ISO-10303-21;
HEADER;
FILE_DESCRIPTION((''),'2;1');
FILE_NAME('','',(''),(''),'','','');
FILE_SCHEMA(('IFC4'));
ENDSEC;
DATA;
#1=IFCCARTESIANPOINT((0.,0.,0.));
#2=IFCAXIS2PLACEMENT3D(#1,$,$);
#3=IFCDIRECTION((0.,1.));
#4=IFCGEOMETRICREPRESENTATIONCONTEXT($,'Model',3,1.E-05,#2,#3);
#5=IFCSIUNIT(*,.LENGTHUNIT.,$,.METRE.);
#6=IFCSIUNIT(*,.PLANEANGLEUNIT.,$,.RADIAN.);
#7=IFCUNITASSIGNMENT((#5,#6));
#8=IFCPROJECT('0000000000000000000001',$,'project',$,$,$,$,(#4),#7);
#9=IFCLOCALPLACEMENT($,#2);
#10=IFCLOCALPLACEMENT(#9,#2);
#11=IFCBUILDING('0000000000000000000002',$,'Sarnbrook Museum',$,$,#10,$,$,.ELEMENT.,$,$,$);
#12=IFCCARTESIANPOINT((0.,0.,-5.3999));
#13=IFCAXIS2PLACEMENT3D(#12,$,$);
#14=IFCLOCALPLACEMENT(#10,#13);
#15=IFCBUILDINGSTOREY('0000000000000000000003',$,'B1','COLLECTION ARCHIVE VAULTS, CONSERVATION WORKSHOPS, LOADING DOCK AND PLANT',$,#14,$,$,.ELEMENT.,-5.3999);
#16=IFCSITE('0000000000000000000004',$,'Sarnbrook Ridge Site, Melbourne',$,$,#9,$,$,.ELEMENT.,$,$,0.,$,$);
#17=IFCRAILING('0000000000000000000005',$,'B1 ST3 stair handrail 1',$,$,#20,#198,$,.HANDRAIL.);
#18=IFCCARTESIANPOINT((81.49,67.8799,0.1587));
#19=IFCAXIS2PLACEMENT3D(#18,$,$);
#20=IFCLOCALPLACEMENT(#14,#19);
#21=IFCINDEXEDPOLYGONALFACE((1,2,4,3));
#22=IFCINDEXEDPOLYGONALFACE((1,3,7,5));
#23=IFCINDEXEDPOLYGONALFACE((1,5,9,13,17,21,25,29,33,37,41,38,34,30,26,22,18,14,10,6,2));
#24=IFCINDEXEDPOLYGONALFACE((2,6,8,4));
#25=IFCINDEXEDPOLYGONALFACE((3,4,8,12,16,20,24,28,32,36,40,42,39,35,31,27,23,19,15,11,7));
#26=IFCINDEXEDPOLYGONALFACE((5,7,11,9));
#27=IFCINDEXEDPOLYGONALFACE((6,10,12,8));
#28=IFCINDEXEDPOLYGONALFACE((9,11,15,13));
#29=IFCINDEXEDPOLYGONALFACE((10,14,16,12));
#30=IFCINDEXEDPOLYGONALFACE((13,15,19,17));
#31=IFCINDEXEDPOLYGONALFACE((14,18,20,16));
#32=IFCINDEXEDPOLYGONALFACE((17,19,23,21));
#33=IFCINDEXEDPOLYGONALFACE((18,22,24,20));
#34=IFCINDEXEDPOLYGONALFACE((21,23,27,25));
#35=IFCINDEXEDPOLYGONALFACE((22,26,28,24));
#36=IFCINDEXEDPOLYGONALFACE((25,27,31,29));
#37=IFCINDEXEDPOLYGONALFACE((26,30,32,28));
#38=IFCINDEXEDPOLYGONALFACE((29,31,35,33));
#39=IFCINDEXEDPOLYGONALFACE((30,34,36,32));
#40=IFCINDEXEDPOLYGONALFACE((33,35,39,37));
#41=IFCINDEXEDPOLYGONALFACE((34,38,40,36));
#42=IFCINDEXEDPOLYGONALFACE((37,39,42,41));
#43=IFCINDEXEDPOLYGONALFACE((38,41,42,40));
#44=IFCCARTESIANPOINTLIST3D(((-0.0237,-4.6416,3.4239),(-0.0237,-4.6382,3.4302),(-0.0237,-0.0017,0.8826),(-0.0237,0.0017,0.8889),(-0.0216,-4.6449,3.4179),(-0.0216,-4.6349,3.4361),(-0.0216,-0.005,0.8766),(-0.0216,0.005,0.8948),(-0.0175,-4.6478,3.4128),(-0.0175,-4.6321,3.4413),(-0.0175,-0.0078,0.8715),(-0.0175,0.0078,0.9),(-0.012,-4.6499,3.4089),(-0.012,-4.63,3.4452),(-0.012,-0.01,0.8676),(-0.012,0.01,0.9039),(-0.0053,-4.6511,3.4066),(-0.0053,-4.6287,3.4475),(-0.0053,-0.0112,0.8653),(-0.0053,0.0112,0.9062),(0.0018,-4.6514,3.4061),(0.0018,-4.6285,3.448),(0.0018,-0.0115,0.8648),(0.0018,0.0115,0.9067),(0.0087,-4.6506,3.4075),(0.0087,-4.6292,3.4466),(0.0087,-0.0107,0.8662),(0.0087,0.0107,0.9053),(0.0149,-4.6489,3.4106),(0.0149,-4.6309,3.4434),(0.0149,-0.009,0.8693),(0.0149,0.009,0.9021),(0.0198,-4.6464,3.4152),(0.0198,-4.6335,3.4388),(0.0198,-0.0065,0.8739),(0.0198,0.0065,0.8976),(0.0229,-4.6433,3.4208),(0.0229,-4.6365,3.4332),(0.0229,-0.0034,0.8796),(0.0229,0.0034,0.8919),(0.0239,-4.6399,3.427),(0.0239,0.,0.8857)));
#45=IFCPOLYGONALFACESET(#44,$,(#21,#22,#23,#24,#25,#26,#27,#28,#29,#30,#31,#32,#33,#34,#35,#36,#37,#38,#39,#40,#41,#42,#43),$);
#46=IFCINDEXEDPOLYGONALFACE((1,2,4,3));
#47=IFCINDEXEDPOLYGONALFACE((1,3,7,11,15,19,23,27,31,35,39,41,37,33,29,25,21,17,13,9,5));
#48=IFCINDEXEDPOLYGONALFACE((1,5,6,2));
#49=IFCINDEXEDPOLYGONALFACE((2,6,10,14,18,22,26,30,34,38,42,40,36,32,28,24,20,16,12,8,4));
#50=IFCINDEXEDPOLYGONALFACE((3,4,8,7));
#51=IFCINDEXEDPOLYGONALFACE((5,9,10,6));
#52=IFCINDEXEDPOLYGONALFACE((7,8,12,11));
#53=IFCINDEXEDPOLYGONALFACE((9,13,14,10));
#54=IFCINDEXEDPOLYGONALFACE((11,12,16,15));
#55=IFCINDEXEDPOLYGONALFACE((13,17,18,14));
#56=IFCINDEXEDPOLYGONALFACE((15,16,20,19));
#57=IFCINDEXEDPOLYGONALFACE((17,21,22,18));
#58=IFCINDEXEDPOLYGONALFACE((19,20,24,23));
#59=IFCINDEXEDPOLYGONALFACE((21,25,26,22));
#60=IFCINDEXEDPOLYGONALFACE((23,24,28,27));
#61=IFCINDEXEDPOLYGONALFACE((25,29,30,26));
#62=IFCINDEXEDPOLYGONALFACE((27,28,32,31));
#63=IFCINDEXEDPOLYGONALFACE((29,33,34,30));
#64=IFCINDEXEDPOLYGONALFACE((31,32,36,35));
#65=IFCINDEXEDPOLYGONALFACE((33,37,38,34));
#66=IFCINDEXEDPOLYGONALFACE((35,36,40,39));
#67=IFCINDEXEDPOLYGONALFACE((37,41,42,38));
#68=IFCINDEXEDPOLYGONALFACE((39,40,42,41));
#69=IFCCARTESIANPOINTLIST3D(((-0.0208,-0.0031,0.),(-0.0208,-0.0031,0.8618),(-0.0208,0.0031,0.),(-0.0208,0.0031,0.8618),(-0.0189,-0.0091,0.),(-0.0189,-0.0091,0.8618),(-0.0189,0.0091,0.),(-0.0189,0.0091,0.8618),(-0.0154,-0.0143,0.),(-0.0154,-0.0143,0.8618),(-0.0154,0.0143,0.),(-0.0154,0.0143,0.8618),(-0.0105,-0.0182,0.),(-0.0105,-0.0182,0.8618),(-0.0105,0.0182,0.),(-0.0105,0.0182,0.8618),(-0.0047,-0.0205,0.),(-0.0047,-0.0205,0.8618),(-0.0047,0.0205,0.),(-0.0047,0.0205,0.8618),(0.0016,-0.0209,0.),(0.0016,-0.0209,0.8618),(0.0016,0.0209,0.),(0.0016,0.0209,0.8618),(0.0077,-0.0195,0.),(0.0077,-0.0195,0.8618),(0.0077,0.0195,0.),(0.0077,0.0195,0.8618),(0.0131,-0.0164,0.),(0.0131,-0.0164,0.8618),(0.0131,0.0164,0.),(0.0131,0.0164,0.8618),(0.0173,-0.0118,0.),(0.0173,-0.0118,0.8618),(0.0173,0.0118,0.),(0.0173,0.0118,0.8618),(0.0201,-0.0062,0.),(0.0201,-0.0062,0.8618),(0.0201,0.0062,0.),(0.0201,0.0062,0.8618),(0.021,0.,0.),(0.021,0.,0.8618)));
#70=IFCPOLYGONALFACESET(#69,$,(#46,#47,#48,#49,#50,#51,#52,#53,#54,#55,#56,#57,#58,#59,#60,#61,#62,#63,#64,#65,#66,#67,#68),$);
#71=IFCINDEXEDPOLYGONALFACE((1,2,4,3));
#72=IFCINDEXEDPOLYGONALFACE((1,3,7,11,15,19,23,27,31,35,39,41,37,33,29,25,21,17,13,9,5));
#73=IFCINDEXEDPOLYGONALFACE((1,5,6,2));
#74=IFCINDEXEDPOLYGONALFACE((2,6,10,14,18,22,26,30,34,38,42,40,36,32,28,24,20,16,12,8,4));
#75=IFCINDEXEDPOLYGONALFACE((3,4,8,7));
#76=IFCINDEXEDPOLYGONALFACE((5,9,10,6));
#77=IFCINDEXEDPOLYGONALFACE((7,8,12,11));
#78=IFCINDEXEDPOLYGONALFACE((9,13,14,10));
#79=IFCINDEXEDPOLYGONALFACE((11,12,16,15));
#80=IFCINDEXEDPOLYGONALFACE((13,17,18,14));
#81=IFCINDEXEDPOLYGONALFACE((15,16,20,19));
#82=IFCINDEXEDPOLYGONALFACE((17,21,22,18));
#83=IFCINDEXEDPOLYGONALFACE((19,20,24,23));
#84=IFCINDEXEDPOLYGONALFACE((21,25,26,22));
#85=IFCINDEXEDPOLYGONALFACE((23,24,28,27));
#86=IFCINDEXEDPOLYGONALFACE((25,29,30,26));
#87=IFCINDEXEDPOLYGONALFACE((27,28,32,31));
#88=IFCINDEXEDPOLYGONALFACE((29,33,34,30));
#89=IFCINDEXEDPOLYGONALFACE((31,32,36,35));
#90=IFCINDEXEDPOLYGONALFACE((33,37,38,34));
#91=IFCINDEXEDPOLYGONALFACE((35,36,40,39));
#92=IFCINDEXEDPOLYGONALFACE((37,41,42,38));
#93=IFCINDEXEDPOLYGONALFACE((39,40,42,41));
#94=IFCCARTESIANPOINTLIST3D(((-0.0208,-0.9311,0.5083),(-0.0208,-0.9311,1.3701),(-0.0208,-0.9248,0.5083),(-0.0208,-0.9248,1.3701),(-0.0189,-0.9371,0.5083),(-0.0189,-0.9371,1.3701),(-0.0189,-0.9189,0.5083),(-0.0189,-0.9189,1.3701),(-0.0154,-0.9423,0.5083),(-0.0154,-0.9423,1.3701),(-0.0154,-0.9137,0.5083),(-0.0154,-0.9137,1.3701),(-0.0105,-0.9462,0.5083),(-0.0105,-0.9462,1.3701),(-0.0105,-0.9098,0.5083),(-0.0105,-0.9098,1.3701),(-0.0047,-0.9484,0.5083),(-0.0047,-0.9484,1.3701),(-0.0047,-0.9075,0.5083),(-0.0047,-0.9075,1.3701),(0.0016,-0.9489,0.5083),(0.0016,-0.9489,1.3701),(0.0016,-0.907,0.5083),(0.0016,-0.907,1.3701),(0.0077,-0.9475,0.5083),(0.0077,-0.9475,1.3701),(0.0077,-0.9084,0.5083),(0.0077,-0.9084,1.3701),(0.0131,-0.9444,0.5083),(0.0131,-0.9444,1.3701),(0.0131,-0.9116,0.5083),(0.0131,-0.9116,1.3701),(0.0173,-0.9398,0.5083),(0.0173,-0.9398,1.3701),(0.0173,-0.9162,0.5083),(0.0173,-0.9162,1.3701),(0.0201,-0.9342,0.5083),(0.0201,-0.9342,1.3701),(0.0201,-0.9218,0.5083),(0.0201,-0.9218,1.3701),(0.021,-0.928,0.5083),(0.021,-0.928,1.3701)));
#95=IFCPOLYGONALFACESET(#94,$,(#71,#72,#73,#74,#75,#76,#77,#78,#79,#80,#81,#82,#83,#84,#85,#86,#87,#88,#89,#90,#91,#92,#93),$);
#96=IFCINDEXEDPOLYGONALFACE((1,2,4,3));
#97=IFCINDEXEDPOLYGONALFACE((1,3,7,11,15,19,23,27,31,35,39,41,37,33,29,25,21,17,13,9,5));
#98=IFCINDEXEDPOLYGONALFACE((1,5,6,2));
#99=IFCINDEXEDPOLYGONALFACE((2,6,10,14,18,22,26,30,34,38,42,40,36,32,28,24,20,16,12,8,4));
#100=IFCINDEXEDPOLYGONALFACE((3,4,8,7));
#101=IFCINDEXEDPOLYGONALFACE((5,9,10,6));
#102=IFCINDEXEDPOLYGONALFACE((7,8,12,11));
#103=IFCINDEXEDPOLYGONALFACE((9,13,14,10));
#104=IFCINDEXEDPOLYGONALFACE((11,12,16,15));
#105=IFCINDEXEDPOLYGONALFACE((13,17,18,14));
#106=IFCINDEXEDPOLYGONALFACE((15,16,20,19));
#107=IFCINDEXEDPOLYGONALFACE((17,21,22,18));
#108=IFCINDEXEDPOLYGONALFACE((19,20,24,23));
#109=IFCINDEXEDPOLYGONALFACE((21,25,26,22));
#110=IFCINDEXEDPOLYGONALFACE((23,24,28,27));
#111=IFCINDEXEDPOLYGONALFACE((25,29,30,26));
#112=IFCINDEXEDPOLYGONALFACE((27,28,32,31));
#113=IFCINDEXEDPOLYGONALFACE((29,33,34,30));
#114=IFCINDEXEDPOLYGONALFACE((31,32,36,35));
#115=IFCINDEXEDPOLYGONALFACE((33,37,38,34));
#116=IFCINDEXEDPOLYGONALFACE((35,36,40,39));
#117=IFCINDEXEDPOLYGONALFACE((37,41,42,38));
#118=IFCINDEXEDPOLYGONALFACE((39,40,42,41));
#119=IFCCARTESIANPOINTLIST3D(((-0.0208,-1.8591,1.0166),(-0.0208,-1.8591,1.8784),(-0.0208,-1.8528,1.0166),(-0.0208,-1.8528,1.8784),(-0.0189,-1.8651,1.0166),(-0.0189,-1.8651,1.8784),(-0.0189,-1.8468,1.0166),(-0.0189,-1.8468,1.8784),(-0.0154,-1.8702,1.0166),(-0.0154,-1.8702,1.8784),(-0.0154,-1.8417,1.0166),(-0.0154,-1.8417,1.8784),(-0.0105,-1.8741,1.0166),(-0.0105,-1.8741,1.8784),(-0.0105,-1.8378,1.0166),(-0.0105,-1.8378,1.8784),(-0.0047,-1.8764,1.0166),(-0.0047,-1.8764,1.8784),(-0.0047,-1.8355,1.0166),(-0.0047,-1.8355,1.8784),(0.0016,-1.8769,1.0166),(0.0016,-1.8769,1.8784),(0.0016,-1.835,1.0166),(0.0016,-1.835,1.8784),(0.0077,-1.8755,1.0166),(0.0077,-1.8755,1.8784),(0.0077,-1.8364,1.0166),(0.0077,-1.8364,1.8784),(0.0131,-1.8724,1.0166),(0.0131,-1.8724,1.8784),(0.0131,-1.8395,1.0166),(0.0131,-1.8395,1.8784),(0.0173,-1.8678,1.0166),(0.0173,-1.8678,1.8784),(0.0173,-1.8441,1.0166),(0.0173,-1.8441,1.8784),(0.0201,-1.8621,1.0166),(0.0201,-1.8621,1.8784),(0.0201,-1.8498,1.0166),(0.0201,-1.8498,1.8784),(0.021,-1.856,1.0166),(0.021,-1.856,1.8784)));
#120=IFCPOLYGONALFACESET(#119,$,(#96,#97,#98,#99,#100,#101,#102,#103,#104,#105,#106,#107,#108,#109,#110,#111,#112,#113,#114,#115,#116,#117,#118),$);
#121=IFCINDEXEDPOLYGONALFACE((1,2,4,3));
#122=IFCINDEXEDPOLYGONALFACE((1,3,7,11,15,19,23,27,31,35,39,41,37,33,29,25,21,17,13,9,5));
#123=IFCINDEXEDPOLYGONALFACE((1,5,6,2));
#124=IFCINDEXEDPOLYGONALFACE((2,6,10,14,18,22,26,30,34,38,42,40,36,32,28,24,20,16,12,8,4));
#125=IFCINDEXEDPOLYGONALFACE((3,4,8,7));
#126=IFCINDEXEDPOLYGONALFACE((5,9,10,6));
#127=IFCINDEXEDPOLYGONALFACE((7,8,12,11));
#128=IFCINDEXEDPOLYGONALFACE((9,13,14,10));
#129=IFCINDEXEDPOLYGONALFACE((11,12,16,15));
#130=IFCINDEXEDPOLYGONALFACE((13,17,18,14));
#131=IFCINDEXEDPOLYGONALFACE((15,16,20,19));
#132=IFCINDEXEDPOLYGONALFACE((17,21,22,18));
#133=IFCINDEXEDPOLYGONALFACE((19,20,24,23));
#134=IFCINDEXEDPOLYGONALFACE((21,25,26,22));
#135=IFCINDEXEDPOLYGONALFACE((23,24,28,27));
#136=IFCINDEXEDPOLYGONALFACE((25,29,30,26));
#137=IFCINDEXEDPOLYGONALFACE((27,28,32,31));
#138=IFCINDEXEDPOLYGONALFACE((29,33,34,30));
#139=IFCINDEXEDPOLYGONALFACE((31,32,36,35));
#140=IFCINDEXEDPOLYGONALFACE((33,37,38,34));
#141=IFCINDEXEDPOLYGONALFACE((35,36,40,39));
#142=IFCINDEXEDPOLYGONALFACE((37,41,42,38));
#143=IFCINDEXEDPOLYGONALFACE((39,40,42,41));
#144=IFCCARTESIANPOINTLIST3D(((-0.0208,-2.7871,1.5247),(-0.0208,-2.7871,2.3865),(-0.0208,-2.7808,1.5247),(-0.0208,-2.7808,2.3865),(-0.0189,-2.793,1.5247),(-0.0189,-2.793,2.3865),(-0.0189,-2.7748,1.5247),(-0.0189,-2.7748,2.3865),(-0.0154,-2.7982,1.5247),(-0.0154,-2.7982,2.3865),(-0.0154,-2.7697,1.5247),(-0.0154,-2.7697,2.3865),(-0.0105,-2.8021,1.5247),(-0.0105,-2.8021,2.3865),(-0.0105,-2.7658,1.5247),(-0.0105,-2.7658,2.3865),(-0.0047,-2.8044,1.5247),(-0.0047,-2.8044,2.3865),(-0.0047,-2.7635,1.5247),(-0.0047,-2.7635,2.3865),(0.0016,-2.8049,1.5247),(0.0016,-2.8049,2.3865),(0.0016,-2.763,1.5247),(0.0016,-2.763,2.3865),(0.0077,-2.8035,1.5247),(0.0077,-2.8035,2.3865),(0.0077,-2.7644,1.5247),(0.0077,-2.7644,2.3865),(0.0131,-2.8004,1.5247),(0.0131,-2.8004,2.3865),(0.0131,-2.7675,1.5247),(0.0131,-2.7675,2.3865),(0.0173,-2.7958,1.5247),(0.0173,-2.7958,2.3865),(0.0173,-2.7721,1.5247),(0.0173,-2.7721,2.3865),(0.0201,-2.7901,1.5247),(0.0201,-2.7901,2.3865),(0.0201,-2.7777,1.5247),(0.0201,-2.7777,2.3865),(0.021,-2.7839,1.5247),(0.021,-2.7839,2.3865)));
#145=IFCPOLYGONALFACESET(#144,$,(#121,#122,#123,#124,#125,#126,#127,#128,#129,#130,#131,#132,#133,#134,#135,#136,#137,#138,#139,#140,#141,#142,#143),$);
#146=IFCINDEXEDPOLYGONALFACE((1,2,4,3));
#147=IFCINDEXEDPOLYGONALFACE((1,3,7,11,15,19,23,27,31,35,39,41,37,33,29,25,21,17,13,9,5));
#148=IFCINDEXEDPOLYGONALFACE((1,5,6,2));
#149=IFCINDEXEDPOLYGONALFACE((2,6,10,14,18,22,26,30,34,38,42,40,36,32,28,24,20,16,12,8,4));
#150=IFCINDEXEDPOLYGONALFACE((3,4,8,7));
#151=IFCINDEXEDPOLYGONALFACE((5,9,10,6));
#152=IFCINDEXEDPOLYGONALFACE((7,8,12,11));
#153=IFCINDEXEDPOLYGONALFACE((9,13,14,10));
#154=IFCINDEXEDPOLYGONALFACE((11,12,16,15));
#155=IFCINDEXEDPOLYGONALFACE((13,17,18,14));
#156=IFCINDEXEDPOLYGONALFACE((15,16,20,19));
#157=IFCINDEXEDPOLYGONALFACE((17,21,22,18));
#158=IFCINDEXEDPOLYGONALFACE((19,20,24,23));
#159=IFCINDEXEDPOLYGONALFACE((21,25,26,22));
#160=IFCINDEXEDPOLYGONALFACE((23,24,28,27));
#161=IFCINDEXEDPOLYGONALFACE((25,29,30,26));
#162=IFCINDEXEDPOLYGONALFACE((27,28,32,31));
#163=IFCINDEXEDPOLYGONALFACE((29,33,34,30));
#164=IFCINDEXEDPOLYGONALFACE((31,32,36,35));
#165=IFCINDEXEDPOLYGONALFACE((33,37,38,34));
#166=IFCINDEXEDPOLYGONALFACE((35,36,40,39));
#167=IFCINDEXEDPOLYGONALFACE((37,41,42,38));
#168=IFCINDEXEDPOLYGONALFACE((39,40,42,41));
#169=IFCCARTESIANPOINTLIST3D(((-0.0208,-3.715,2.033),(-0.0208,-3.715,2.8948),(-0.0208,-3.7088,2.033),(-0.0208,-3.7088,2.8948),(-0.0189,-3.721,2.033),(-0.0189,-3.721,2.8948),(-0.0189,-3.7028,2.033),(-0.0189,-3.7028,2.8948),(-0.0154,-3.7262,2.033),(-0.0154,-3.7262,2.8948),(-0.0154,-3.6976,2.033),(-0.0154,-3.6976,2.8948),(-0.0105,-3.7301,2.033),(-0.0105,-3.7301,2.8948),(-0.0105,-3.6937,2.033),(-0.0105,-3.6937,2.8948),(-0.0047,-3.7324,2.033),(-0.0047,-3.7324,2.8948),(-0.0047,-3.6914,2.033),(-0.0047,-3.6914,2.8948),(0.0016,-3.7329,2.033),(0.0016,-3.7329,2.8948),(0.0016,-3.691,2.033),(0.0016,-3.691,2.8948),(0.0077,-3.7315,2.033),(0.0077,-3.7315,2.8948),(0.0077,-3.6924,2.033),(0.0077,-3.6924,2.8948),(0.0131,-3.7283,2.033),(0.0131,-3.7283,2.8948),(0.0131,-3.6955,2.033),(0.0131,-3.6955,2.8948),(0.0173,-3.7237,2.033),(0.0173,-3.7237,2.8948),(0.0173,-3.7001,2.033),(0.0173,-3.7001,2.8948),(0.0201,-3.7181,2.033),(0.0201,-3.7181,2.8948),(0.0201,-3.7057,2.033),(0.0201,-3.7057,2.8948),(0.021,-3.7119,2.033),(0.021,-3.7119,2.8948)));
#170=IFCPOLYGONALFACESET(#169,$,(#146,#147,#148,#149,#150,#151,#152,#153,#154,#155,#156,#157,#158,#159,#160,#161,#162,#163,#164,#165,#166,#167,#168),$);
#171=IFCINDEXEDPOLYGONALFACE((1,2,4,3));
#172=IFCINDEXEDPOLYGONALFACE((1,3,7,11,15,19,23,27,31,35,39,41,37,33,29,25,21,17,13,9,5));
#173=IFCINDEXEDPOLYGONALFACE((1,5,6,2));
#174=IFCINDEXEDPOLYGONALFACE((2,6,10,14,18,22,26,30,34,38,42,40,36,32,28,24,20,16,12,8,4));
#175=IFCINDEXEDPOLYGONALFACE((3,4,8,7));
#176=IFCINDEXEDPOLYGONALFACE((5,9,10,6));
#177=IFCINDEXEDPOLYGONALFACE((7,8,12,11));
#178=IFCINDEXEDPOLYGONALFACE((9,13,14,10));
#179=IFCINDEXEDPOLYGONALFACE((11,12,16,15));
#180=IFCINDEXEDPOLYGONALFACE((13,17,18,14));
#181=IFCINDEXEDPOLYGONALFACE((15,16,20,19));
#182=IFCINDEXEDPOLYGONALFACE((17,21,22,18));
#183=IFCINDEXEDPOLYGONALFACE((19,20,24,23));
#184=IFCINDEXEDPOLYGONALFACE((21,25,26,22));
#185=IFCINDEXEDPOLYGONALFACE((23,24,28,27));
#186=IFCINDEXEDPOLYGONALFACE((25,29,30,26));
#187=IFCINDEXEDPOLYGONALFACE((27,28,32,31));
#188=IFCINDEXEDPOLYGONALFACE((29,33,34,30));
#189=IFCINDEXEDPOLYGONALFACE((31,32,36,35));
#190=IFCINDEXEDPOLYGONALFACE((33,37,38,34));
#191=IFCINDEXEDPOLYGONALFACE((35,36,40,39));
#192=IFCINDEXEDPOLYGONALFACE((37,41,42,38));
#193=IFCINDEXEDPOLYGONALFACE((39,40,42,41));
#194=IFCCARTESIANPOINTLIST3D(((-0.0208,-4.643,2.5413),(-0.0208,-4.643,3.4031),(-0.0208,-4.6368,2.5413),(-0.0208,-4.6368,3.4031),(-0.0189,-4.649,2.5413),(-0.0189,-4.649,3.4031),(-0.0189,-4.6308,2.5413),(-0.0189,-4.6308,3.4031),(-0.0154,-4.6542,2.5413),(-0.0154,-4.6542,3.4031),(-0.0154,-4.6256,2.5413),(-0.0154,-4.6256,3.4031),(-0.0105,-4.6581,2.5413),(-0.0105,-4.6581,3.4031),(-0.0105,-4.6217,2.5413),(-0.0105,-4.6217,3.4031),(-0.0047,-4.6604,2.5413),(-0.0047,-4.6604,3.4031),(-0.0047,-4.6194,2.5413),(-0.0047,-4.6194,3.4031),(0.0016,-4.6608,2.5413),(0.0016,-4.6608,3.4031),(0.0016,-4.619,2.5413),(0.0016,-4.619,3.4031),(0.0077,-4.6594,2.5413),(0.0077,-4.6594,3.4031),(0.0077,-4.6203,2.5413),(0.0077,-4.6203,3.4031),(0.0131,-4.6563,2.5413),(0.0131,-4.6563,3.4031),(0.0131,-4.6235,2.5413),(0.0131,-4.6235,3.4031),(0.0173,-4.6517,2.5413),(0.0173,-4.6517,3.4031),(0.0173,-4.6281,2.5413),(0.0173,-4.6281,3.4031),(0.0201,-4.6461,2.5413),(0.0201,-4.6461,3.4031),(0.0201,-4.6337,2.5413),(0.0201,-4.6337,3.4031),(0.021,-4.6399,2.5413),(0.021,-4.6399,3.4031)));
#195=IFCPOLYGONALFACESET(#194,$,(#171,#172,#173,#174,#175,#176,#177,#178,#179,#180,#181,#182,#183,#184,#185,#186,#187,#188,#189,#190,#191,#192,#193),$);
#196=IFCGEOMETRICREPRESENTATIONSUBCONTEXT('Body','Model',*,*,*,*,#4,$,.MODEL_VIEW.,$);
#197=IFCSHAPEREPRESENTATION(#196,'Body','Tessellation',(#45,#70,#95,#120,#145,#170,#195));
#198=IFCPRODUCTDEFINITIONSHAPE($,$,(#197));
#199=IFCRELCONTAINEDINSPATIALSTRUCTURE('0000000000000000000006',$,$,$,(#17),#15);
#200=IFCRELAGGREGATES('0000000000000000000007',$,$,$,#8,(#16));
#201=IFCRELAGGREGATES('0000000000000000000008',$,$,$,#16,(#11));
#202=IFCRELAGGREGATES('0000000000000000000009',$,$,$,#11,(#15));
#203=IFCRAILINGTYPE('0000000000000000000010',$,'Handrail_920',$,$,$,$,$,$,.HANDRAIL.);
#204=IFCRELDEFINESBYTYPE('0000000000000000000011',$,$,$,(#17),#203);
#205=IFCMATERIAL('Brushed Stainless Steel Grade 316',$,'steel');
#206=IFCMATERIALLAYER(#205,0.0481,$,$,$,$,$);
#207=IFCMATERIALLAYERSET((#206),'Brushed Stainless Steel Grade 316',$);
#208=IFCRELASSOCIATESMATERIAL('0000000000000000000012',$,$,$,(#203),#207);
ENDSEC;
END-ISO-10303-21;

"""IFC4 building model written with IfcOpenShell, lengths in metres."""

from ifc_helpers import new_model, si_unit, direction, frame, origin, origin_2d, place, context, subcontext, project, spatial, circle, extrude, material, layer, layer_set, type_object, element, save


model = new_model("IFC4")

# Units and contexts
model_context = context("Model", 3, precision=1e-05, world=origin(), true_north=direction((0.0, 1.0)))
body_context = subcontext(model_context, "Body", "Model", "MODEL_VIEW")
ifc_project = project(units=[si_unit("LENGTHUNIT", "METRE"), si_unit("PLANEANGLEUNIT", "RADIAN")], contexts=[model_context])

# Site, building, storey
site_placement = place(None, origin())
site = spatial("IfcSite", under=ifc_project, at=site_placement, Name="Sarnbrook Ridge Site, Melbourne", CompositionType="ELEMENT", RefElevation=0.0)
building_placement = place(site_placement, origin())
building = spatial("IfcBuilding", under=site, at=building_placement, Name="Sarnbrook Museum", CompositionType="ELEMENT")
storey_placement = place(building_placement, frame((0.0, 0.0, -5.3999)))
storey = spatial("IfcBuildingStorey", under=building, at=storey_placement, Name="B1", Description="COLLECTION ARCHIVE VAULTS, CONSERVATION WORKSHOPS, LOADING DOCK AND PLANT", CompositionType="ELEMENT", Elevation=-5.3999)

# Shared definitions
ifc_material_1 = material(Name="Brushed Stainless Steel Grade 316", Category="steel")

# Railing
ifc_layer_1 = layer(ifc_material_1, 0.0481)
ifc_layer_set_1 = layer_set([ifc_layer_1], Name="Brushed Stainless Steel Grade 316")
railing_type_1 = type_object("IfcRailingType", Name="Handrail_920", PredefinedType="HANDRAIL", material=ifc_layer_set_1)
railing_1_placement = place(storey_placement, frame((81.49, 67.8799, 0.1587)))
element("IfcRailing", 1, at=railing_1_placement, inside=storey, type_object=railing_type_1, Name="B1 ST3 stair handrail 1", PredefinedType="HANDRAIL", context=body_context, shape_type="SweptSolid", body=[
    extrude(circle(Radius=0.0239, at=origin_2d()), frame((0.0, 0.0, 0.8857), z_axis=(0.0, -0.877067, 0.480368), x_axis=(1.0, 0.0, 0.0)), (0.0, 0.0, 1.0), 5.2903),
    extrude(circle(Radius=0.021, at=origin_2d()), origin(), (0.0, 0.0, 1.0), 0.8618),
    extrude(circle(Radius=0.021, at=origin_2d()), frame((0.0, -0.928, 0.5083)), (0.0, 0.0, 1.0), 0.8618),
    extrude(circle(Radius=0.021, at=origin_2d()), frame((0.0, -1.856, 1.0166)), (0.0, 0.0, 1.0), 0.8618),
    extrude(circle(Radius=0.021, at=origin_2d()), frame((0.0, -2.7839, 1.5247)), (0.0, 0.0, 1.0), 0.8618),
    extrude(circle(Radius=0.021, at=origin_2d()), frame((0.0, -3.7119, 2.033)), (0.0, 0.0, 1.0), 0.8618),
    extrude(circle(Radius=0.021, at=origin_2d()), frame((0.0, -4.6399, 2.5413)), (0.0, 0.0, 1.0), 0.8618),
])

save(model, "model.ifc")
